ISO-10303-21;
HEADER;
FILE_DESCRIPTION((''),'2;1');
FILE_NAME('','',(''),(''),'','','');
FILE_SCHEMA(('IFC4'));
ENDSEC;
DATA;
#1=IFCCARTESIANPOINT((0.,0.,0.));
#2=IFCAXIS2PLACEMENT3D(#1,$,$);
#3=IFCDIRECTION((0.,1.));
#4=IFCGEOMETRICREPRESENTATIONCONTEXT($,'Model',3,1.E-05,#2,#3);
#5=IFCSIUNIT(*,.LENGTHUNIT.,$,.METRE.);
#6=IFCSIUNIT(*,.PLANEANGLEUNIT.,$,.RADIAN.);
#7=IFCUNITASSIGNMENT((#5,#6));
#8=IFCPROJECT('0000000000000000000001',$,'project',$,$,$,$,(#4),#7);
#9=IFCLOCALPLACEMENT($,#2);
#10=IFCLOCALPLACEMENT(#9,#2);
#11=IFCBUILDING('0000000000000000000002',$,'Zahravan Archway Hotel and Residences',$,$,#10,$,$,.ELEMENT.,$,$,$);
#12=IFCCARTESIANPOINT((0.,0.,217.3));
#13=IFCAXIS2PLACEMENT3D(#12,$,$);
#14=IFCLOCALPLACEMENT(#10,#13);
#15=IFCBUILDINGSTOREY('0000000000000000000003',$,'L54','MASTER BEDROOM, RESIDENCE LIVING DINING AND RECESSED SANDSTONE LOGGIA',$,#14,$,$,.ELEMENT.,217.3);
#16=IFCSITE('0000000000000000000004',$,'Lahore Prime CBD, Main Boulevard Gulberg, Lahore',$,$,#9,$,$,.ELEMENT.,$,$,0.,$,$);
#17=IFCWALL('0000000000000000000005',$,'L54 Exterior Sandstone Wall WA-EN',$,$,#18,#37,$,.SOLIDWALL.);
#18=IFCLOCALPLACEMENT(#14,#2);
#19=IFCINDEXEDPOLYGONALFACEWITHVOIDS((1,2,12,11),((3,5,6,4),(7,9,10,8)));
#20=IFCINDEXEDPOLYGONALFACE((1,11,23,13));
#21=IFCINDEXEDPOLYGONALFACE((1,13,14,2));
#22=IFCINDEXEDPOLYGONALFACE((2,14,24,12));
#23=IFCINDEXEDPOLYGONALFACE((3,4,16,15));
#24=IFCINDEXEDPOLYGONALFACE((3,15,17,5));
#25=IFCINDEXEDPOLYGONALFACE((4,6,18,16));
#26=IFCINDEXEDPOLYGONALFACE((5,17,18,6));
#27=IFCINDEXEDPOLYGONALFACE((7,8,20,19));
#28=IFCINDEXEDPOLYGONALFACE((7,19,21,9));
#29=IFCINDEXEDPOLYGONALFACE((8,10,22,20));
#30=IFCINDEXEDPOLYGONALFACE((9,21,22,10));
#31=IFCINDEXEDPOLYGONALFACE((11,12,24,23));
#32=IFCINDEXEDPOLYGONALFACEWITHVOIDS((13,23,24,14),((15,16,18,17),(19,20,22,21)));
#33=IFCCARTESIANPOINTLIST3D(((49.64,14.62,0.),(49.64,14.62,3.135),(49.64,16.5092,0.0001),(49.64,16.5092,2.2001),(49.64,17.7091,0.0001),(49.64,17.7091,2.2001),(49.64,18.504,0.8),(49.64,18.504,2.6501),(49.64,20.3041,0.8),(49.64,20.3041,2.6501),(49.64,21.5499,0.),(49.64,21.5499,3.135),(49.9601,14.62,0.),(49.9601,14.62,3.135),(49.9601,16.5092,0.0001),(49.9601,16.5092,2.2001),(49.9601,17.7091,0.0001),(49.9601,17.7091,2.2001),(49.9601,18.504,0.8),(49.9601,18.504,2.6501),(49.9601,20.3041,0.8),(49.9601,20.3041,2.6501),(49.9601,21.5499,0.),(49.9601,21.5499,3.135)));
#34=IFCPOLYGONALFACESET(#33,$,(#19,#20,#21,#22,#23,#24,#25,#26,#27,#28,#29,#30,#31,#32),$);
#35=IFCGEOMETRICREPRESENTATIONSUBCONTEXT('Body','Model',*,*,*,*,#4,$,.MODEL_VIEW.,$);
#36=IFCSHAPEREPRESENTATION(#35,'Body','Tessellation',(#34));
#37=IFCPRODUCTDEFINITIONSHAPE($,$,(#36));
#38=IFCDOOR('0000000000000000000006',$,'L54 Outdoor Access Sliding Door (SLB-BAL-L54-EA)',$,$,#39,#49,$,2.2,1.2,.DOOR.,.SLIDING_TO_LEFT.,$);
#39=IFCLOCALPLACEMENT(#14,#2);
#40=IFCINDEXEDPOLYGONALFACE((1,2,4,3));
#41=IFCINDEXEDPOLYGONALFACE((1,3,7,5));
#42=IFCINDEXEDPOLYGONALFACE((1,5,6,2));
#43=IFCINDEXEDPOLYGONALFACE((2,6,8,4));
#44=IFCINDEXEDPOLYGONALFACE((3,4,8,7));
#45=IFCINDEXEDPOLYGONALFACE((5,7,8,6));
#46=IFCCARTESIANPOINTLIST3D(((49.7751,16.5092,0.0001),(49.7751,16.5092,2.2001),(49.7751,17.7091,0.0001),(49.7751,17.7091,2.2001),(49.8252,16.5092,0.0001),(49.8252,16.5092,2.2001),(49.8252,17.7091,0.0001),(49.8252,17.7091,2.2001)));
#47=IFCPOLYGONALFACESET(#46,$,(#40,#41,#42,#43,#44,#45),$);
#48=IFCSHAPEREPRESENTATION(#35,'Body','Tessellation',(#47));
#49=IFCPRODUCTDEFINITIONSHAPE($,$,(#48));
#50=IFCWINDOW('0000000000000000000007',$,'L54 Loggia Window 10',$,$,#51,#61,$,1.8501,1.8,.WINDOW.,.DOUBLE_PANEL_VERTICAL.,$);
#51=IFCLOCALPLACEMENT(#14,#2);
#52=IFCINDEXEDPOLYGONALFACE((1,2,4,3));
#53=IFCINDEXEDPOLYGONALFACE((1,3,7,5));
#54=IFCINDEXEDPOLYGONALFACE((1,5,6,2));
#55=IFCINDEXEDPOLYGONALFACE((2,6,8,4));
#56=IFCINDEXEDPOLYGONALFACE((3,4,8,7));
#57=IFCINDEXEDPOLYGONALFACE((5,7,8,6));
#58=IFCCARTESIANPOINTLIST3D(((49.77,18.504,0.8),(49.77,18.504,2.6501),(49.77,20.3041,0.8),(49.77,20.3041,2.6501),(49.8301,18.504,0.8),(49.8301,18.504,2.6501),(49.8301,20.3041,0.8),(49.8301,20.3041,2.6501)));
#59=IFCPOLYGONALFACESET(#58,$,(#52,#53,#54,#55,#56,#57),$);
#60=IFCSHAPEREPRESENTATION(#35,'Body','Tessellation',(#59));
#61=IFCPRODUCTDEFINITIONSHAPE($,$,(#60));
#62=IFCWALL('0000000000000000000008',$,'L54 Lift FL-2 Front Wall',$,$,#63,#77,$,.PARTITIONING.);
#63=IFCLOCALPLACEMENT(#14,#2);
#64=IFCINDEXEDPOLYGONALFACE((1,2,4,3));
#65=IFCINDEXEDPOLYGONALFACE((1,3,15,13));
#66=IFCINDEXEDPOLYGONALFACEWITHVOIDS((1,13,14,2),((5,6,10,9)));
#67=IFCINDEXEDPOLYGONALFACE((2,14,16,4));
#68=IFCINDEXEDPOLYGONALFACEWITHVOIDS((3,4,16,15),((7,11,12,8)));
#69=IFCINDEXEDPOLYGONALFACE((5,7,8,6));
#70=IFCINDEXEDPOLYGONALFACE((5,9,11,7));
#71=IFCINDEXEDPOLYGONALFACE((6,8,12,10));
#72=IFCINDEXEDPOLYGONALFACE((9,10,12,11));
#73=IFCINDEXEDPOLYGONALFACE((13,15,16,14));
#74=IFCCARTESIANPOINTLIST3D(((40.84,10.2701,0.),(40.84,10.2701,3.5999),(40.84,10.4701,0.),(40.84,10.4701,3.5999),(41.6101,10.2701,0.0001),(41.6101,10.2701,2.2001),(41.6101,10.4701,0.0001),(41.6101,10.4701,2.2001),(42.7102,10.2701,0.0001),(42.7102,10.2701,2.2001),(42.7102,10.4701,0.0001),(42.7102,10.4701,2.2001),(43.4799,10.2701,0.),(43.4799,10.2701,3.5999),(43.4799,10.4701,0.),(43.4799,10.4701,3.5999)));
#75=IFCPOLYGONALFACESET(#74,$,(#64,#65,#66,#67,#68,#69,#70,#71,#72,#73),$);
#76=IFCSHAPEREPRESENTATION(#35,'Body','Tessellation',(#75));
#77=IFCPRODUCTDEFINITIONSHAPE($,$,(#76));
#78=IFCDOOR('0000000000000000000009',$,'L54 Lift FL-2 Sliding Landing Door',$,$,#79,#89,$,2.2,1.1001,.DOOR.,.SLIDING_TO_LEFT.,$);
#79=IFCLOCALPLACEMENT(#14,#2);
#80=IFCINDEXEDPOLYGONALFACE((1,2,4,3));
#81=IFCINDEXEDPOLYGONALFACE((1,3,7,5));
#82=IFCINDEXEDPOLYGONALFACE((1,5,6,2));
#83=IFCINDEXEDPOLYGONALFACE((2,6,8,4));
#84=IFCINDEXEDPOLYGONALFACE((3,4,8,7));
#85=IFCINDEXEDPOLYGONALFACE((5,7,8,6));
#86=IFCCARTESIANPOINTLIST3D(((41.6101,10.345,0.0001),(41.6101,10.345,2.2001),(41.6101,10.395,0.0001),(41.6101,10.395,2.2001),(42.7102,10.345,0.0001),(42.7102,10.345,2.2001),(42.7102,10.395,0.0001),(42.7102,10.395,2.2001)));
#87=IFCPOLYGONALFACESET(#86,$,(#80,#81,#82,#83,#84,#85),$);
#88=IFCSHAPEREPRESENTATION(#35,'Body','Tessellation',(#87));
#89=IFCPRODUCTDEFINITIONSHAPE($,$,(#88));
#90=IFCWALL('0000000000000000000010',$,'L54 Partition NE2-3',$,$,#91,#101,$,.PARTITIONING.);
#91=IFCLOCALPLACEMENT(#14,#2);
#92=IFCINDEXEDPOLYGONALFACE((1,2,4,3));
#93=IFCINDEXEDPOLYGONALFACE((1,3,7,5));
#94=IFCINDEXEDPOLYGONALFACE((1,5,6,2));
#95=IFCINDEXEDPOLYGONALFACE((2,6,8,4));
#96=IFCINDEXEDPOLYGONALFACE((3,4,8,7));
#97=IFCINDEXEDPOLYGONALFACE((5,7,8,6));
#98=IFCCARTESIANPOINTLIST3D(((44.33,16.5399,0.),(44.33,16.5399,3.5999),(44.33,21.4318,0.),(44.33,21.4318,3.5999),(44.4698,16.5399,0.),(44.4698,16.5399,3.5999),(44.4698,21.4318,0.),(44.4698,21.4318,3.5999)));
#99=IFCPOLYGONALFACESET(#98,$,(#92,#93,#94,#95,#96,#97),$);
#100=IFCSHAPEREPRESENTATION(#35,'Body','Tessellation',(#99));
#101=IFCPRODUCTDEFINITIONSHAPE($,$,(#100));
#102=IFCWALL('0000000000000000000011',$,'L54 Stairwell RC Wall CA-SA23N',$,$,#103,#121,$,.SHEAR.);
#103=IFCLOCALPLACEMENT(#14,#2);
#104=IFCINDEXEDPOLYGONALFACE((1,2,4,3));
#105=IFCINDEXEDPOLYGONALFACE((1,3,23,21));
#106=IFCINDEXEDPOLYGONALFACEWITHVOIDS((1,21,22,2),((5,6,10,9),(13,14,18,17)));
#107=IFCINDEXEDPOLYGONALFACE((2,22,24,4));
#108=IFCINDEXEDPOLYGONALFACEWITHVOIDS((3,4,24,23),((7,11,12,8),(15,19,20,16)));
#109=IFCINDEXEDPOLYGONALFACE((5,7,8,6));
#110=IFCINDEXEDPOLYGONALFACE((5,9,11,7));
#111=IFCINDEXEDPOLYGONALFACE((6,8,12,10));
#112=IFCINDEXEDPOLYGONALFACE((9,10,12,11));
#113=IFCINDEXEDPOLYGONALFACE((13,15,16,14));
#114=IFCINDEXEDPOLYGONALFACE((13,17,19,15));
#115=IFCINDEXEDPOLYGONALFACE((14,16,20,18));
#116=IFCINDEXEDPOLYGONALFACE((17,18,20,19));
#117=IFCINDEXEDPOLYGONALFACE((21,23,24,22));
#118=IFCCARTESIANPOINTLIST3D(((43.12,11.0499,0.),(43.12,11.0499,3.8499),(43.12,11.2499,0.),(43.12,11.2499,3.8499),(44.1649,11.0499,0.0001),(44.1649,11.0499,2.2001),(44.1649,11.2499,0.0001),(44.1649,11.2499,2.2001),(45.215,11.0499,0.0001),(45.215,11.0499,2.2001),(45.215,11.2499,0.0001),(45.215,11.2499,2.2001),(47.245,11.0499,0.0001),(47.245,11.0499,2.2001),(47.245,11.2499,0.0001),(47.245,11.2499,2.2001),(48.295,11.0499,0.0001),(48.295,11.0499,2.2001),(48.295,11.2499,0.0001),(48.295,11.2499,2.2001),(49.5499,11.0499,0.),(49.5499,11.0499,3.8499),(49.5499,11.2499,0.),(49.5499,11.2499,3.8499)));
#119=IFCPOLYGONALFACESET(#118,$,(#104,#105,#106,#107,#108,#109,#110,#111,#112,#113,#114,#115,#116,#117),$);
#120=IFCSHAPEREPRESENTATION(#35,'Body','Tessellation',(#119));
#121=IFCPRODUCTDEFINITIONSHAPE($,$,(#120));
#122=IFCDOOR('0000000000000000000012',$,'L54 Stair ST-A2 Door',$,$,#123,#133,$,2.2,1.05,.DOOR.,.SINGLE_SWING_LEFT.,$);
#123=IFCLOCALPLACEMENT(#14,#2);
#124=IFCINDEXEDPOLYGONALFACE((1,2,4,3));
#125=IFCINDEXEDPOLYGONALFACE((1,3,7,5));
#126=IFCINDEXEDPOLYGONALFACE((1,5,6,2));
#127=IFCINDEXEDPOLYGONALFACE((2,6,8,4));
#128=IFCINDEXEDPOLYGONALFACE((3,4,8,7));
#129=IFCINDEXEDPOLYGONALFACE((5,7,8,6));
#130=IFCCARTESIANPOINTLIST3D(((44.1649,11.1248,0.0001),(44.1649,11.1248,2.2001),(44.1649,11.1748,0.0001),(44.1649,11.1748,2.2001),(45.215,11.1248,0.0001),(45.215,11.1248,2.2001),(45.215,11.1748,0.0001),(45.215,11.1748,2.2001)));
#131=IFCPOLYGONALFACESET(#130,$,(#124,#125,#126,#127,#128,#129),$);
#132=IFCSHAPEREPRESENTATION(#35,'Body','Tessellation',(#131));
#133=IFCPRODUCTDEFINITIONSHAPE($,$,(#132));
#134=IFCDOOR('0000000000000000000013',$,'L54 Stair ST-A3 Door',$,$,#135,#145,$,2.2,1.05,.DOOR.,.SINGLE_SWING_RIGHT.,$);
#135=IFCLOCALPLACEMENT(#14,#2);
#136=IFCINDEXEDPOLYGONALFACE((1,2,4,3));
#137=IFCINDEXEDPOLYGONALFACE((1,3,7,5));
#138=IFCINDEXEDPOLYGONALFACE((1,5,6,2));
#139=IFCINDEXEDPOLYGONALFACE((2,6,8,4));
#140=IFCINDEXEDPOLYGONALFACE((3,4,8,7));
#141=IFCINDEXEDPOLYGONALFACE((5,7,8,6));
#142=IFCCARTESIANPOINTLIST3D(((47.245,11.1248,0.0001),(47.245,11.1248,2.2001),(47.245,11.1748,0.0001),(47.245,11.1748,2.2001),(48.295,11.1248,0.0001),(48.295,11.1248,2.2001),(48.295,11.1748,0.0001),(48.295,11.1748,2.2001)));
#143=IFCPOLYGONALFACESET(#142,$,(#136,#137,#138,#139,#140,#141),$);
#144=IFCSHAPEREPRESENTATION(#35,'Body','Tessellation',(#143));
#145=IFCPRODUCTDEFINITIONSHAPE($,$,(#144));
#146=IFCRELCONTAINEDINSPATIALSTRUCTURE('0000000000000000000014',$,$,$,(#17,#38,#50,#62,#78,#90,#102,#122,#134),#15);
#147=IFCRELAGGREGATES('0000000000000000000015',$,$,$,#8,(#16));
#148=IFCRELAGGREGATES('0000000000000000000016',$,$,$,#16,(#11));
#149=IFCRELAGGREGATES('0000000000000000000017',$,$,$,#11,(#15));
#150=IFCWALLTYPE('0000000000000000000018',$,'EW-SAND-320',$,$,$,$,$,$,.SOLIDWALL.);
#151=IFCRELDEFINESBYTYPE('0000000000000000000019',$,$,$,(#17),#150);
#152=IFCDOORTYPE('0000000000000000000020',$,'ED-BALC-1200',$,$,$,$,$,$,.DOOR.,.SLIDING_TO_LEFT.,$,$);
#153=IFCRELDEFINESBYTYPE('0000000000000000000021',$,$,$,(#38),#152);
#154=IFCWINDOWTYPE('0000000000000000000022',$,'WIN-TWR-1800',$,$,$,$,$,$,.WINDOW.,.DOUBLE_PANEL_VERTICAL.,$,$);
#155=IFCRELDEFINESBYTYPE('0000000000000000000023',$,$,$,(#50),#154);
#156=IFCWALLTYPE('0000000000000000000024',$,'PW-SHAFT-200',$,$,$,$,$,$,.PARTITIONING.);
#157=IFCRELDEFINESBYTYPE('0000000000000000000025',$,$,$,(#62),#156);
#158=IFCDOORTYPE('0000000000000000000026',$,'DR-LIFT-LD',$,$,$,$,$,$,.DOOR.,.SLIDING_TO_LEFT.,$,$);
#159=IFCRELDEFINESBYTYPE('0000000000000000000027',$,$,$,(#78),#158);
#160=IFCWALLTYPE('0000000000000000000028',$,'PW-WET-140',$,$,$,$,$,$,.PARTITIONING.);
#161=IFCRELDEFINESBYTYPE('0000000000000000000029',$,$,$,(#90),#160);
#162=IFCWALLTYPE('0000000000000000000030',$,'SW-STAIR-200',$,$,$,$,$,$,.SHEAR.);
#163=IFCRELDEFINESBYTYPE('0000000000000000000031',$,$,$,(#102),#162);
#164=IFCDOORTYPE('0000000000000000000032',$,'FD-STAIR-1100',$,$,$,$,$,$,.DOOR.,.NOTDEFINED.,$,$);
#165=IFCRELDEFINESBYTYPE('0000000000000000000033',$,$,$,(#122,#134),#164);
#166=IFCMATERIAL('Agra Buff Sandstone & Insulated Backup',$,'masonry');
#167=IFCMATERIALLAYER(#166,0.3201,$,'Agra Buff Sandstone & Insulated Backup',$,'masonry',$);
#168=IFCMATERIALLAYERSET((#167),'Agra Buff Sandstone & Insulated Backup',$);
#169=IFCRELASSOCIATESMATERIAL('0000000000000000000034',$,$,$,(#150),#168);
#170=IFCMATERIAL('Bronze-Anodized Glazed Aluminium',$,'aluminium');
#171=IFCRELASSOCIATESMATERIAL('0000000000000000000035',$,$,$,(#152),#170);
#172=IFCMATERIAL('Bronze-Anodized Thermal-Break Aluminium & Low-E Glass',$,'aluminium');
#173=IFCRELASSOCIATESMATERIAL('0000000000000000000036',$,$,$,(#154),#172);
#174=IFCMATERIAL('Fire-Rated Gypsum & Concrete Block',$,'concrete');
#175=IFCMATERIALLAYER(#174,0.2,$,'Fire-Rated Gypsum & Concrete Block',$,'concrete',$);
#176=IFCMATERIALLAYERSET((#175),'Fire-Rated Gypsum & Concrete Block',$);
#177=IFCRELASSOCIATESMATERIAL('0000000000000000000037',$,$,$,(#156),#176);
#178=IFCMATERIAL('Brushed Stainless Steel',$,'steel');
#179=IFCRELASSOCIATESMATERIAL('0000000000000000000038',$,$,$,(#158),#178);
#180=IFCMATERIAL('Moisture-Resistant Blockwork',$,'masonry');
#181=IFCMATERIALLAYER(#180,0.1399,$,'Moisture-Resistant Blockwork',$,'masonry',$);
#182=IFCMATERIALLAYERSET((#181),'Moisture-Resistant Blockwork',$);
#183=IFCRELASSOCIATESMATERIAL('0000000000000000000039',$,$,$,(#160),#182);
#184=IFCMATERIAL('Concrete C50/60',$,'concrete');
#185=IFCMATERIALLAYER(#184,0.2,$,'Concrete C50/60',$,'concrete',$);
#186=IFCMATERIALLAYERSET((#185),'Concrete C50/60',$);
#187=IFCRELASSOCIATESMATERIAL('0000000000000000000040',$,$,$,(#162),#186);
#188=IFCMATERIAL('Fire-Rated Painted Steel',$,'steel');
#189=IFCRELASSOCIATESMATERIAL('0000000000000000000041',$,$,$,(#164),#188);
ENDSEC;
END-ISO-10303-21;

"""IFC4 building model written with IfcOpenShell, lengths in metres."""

from ifc_helpers import new_model, si_unit, direction, frame, frame_2d, origin, place, context, subcontext, project, spatial, rectangle, extrude, source, transform, mapped, material, layer, layer_set, type_object, type_shapes, element, fill, save


model = new_model("IFC4")

# Units and contexts
model_context = context("Model", 3, precision=1e-05, world=origin(), true_north=direction((0.0, 1.0)))
body_context = subcontext(model_context, "Body", "Model", "MODEL_VIEW")
ifc_project = project(units=[si_unit("LENGTHUNIT", "METRE"), si_unit("PLANEANGLEUNIT", "RADIAN")], contexts=[model_context])

# Site, building, storey
site_placement = place(None, origin())
site = spatial("IfcSite", under=ifc_project, at=site_placement, Name="Lahore Prime CBD, Main Boulevard Gulberg, Lahore", CompositionType="ELEMENT", RefElevation=0.0)
building_placement = place(site_placement, origin())
building = spatial("IfcBuilding", under=site, at=building_placement, Name="Zahravan Archway Hotel and Residences", CompositionType="ELEMENT")
storey_placement = place(building_placement, frame((0.0, 0.0, 217.3)))
storey = spatial("IfcBuildingStorey", under=building, at=storey_placement, Name="L54", Description="MASTER BEDROOM, RESIDENCE LIVING DINING AND RECESSED SANDSTONE LOGGIA", CompositionType="ELEMENT", Elevation=217.3)

# Wall, openings, door, window
ifc_material_1 = material(Name="Agra Buff Sandstone & Insulated Backup", Category="masonry")
ifc_layer_1 = layer(ifc_material_1, 0.3201, Name="Agra Buff Sandstone & Insulated Backup", Category="masonry")
ifc_layer_set_1 = layer_set([ifc_layer_1], Name="Agra Buff Sandstone & Insulated Backup")
wall_type_1 = type_object("IfcWallType", Name="EW-SAND-320", PredefinedType="SOLIDWALL", material=ifc_layer_set_1)
wall_1_placement = place(storey_placement, frame((49.8, 14.6201, 0.0), z_axis=(0.0, 0.0, 1.0), x_axis=(0.0, 1.0, 0.0)))
wall_1 = element("IfcWall", 1, at=wall_1_placement, inside=storey, type_object=wall_type_1, Name="L54 Exterior Sandstone Wall WA-EN", PredefinedType="SOLIDWALL", context=body_context, shape_type="SweptSolid", body=[
    extrude(rectangle(XDim=6.9299, YDim=0.3201, at=frame_2d((3.4648, 0.0))), origin(), (0.0, 0.0, 1.0), 3.135),
])
opening_1_placement = place(wall_1_placement, frame((1.8889, 0.0, 0.0)))
opening_1 = element("IfcOpeningElement", 2, at=opening_1_placement, cuts=wall_1, PredefinedType="OPENING", context=body_context, shape_type="SweptSolid", body=[
    extrude(rectangle(XDim=1.2, YDim=2.2, at=frame_2d((0.6001, 1.1001))), frame((0.0, 0.1699, 0.0), z_axis=(0.0, -1.0, 0.0), x_axis=(1.0, 0.0, 0.0)), (0.0, 0.0, 1.0), 0.3401),
])
opening_2_placement = place(wall_1_placement, frame((3.884, 0.0, 0.8)))
opening_2 = element("IfcOpeningElement", 3, at=opening_2_placement, cuts=wall_1, PredefinedType="OPENING", context=body_context, shape_type="SweptSolid", body=[
    extrude(rectangle(XDim=1.8, YDim=1.8501, at=frame_2d((0.8999, 0.925))), frame((0.0, 0.1699, 0.0), z_axis=(0.0, -1.0, 0.0), x_axis=(1.0, 0.0, 0.0)), (0.0, 0.0, 1.0), 0.3401),
])
ifc_material_2 = material(Name="Bronze-Anodized Glazed Aluminium", Category="aluminium")
door_type_1 = type_object("IfcDoorType", Name="ED-BALC-1200", OperationType="SLIDING_TO_LEFT", PredefinedType="DOOR", material=ifc_material_2)
shared_shape_1 = source(origin(), body_context, "Body", "SweptSolid", [
    extrude(rectangle(XDim=1.2, YDim=2.2, at=frame_2d((0.6001, 1.1001))), frame((0.0, 0.0249, 0.0), z_axis=(0.0, -1.0, 0.0), x_axis=(1.0, 0.0, 0.0)), (0.0, 0.0, 1.0), 0.05),
])
type_shapes(door_type_1, [shared_shape_1])
door_1_placement = place(opening_1_placement, origin())
door_1 = element("IfcDoor", 4, at=door_1_placement, inside=storey, type_object=door_type_1, Name="L54 Outdoor Access Sliding Door (SLB-BAL-L54-EA)", OperationType="SLIDING_TO_LEFT", OverallHeight=2.2, OverallWidth=1.2, PredefinedType="DOOR", context=body_context, shape_type="MappedRepresentation", body=[
    mapped(shared_shape_1, transform((0.0, 0.0, 0.0), scale=1.0)),
])
fill(opening_1, door_1)
ifc_material_3 = material(Name="Bronze-Anodized Thermal-Break Aluminium & Low-E Glass", Category="aluminium")
window_type = type_object("IfcWindowType", Name="WIN-TWR-1800", PartitioningType="DOUBLE_PANEL_VERTICAL", PredefinedType="WINDOW", material=ifc_material_3)
shared_shape_2 = source(origin(), body_context, "Body", "SweptSolid", [
    extrude(rectangle(XDim=1.8, YDim=1.8501, at=frame_2d((0.8999, 0.925))), frame((0.0, 0.03, 0.0), z_axis=(0.0, -1.0, 0.0), x_axis=(1.0, 0.0, 0.0)), (0.0, 0.0, 1.0), 0.0601),
])
type_shapes(window_type, [shared_shape_2])
window_placement = place(opening_2_placement, origin())
window = element("IfcWindow", 5, at=window_placement, inside=storey, type_object=window_type, Name="L54 Loggia Window 10", OverallHeight=1.8501, OverallWidth=1.8, PartitioningType="DOUBLE_PANEL_VERTICAL", PredefinedType="WINDOW", context=body_context, shape_type="MappedRepresentation", body=[
    mapped(shared_shape_2, transform((0.0, 0.0, 0.0), scale=1.0)),
])
fill(opening_2, window)

# Wall, opening, door
ifc_material_4 = material(Name="Fire-Rated Gypsum & Concrete Block", Category="concrete")
ifc_material_5 = material(Name="Fire-Rated Painted Steel", Category="steel")
ifc_layer_2 = layer(ifc_material_4, 0.2, Name="Fire-Rated Gypsum & Concrete Block", Category="concrete")
ifc_layer_set_2 = layer_set([ifc_layer_2], Name="Fire-Rated Gypsum & Concrete Block")
wall_type_2 = type_object("IfcWallType", Name="PW-SHAFT-200", PredefinedType="PARTITIONING", material=ifc_layer_set_2)
wall_2_placement = place(storey_placement, frame((40.8401, 10.3701, 0.0), z_axis=(0.0, 0.0, 1.0), x_axis=(1.0, 0.0, 0.0)))
wall_2 = element("IfcWall", 6, at=wall_2_placement, inside=storey, type_object=wall_type_2, Name="L54 Lift FL-2 Front Wall", PredefinedType="PARTITIONING", context=body_context, shape_type="SweptSolid", body=[
    extrude(rectangle(XDim=2.6399, YDim=0.2, at=frame_2d((1.3198, 0.0))), origin(), (0.0, 0.0, 1.0), 3.5999),
])
opening_3_placement = place(wall_2_placement, frame((0.77, 0.0, 0.0)))
opening_3 = element("IfcOpeningElement", 7, at=opening_3_placement, cuts=wall_2, PredefinedType="OPENING", context=body_context, shape_type="SweptSolid", body=[
    extrude(rectangle(XDim=1.1001, YDim=2.2, at=frame_2d((0.55, 1.1001))), frame((0.0, 0.1099, 0.0), z_axis=(0.0, -1.0, 0.0), x_axis=(1.0, 0.0, 0.0)), (0.0, 0.0, 1.0), 0.22),
])
ifc_material_6 = material(Name="Brushed Stainless Steel", Category="steel")
door_type_2 = type_object("IfcDoorType", Name="DR-LIFT-LD", OperationType="SLIDING_TO_LEFT", PredefinedType="DOOR", material=ifc_material_6)
shared_shape_3 = source(origin(), body_context, "Body", "SweptSolid", [
    extrude(rectangle(XDim=1.1001, YDim=2.2, at=frame_2d((0.55, 1.1001))), frame((0.0, 0.0249, 0.0), z_axis=(0.0, -1.0, 0.0), x_axis=(1.0, 0.0, 0.0)), (0.0, 0.0, 1.0), 0.05),
])
type_shapes(door_type_2, [shared_shape_3])
door_2_placement = place(opening_3_placement, origin())
door_2 = element("IfcDoor", 8, at=door_2_placement, inside=storey, type_object=door_type_2, Name="L54 Lift FL-2 Sliding Landing Door", OperationType="SLIDING_TO_LEFT", OverallHeight=2.2, OverallWidth=1.1001, PredefinedType="DOOR", context=body_context, shape_type="MappedRepresentation", body=[
    mapped(shared_shape_3, transform((0.0, 0.0, 0.0), scale=1.0)),
])
fill(opening_3, door_2)

# Wall
ifc_material_7 = material(Name="Moisture-Resistant Blockwork", Category="masonry")
ifc_layer_3 = layer(ifc_material_7, 0.1399, Name="Moisture-Resistant Blockwork", Category="masonry")
ifc_layer_set_3 = layer_set([ifc_layer_3], Name="Moisture-Resistant Blockwork")
wall_type_3 = type_object("IfcWallType", Name="PW-WET-140", PredefinedType="PARTITIONING", material=ifc_layer_set_3)
wall_3_placement = place(storey_placement, frame((44.3999, 16.54, 0.0), z_axis=(0.0, 0.0, 1.0), x_axis=(0.0, 1.0, 0.0)))
element("IfcWall", 9, at=wall_3_placement, inside=storey, type_object=wall_type_3, Name="L54 Partition NE2-3", PredefinedType="PARTITIONING", context=body_context, shape_type="SweptSolid", body=[
    extrude(rectangle(XDim=4.8918, YDim=0.1399, at=frame_2d((2.4458, 0.0))), origin(), (0.0, 0.0, 1.0), 3.5999),
])

# Wall, openings, doors
ifc_material_8 = material(Name="Concrete C50/60", Category="concrete")
ifc_layer_4 = layer(ifc_material_8, 0.2, Name="Concrete C50/60", Category="concrete")
ifc_layer_set_4 = layer_set([ifc_layer_4], Name="Concrete C50/60")
wall_type_4 = type_object("IfcWallType", Name="SW-STAIR-200", PredefinedType="SHEAR", material=ifc_layer_set_4)
wall_4_placement = place(storey_placement, frame((43.1201, 11.1499, 0.0), z_axis=(0.0, 0.0, 1.0), x_axis=(1.0, 0.0, 0.0)))
wall_4 = element("IfcWall", 10, at=wall_4_placement, inside=storey, type_object=wall_type_4, Name="L54 Stairwell RC Wall CA-SA23N", PredefinedType="SHEAR", context=body_context, shape_type="SweptSolid", body=[
    extrude(rectangle(XDim=6.4299, YDim=0.2, at=frame_2d((3.2148, 0.0))), origin(), (0.0, 0.0, 1.0), 3.8499),
])
opening_4_placement = place(wall_4_placement, frame((1.0449, 0.0, 0.0)))
opening_4 = element("IfcOpeningElement", 11, at=opening_4_placement, cuts=wall_4, PredefinedType="OPENING", context=body_context, shape_type="SweptSolid", body=[
    extrude(rectangle(XDim=1.05, YDim=2.2, at=frame_2d((0.5249, 1.1001))), frame((0.0, 0.1099, 0.0), z_axis=(0.0, -1.0, 0.0), x_axis=(1.0, 0.0, 0.0)), (0.0, 0.0, 1.0), 0.22),
])
opening_5_placement = place(wall_4_placement, frame((4.125, 0.0, 0.0)))
opening_5 = element("IfcOpeningElement", 12, at=opening_5_placement, cuts=wall_4, PredefinedType="OPENING", context=body_context, shape_type="SweptSolid", body=[
    extrude(rectangle(XDim=1.05, YDim=2.2, at=frame_2d((0.5249, 1.1001))), frame((0.0, 0.1099, 0.0), z_axis=(0.0, -1.0, 0.0), x_axis=(1.0, 0.0, 0.0)), (0.0, 0.0, 1.0), 0.22),
])
door_type_3 = type_object("IfcDoorType", Name="FD-STAIR-1100", OperationType="NOTDEFINED", PredefinedType="DOOR", material=ifc_material_5)
shared_shape_4 = source(origin(), body_context, "Body", "SweptSolid", [
    extrude(rectangle(XDim=1.05, YDim=2.2, at=frame_2d((0.5249, 1.1001))), frame((0.0, 0.0249, 0.0), z_axis=(0.0, -1.0, 0.0), x_axis=(1.0, 0.0, 0.0)), (0.0, 0.0, 1.0), 0.05),
])
type_shapes(door_type_3, [shared_shape_4])
door_3_placement = place(opening_4_placement, origin())
door_3 = element("IfcDoor", 13, at=door_3_placement, inside=storey, type_object=door_type_3, Name="L54 Stair ST-A2 Door", OperationType="SINGLE_SWING_LEFT", OverallHeight=2.2, OverallWidth=1.05, PredefinedType="DOOR", context=body_context, shape_type="MappedRepresentation", body=[
    mapped(shared_shape_4, transform((0.0, 0.0, 0.0), scale=1.0)),
])
fill(opening_4, door_3)
door_4_placement = place(opening_5_placement, origin())
door_4 = element("IfcDoor", 14, at=door_4_placement, inside=storey, type_object=door_type_3, Name="L54 Stair ST-A3 Door", OperationType="SINGLE_SWING_RIGHT", OverallHeight=2.2, OverallWidth=1.05, PredefinedType="DOOR", context=body_context, shape_type="MappedRepresentation", body=[
    mapped(shared_shape_4, transform((0.0, 0.0, 0.0), scale=1.0)),
])
fill(opening_5, door_4)

save(model, "model.ifc")
